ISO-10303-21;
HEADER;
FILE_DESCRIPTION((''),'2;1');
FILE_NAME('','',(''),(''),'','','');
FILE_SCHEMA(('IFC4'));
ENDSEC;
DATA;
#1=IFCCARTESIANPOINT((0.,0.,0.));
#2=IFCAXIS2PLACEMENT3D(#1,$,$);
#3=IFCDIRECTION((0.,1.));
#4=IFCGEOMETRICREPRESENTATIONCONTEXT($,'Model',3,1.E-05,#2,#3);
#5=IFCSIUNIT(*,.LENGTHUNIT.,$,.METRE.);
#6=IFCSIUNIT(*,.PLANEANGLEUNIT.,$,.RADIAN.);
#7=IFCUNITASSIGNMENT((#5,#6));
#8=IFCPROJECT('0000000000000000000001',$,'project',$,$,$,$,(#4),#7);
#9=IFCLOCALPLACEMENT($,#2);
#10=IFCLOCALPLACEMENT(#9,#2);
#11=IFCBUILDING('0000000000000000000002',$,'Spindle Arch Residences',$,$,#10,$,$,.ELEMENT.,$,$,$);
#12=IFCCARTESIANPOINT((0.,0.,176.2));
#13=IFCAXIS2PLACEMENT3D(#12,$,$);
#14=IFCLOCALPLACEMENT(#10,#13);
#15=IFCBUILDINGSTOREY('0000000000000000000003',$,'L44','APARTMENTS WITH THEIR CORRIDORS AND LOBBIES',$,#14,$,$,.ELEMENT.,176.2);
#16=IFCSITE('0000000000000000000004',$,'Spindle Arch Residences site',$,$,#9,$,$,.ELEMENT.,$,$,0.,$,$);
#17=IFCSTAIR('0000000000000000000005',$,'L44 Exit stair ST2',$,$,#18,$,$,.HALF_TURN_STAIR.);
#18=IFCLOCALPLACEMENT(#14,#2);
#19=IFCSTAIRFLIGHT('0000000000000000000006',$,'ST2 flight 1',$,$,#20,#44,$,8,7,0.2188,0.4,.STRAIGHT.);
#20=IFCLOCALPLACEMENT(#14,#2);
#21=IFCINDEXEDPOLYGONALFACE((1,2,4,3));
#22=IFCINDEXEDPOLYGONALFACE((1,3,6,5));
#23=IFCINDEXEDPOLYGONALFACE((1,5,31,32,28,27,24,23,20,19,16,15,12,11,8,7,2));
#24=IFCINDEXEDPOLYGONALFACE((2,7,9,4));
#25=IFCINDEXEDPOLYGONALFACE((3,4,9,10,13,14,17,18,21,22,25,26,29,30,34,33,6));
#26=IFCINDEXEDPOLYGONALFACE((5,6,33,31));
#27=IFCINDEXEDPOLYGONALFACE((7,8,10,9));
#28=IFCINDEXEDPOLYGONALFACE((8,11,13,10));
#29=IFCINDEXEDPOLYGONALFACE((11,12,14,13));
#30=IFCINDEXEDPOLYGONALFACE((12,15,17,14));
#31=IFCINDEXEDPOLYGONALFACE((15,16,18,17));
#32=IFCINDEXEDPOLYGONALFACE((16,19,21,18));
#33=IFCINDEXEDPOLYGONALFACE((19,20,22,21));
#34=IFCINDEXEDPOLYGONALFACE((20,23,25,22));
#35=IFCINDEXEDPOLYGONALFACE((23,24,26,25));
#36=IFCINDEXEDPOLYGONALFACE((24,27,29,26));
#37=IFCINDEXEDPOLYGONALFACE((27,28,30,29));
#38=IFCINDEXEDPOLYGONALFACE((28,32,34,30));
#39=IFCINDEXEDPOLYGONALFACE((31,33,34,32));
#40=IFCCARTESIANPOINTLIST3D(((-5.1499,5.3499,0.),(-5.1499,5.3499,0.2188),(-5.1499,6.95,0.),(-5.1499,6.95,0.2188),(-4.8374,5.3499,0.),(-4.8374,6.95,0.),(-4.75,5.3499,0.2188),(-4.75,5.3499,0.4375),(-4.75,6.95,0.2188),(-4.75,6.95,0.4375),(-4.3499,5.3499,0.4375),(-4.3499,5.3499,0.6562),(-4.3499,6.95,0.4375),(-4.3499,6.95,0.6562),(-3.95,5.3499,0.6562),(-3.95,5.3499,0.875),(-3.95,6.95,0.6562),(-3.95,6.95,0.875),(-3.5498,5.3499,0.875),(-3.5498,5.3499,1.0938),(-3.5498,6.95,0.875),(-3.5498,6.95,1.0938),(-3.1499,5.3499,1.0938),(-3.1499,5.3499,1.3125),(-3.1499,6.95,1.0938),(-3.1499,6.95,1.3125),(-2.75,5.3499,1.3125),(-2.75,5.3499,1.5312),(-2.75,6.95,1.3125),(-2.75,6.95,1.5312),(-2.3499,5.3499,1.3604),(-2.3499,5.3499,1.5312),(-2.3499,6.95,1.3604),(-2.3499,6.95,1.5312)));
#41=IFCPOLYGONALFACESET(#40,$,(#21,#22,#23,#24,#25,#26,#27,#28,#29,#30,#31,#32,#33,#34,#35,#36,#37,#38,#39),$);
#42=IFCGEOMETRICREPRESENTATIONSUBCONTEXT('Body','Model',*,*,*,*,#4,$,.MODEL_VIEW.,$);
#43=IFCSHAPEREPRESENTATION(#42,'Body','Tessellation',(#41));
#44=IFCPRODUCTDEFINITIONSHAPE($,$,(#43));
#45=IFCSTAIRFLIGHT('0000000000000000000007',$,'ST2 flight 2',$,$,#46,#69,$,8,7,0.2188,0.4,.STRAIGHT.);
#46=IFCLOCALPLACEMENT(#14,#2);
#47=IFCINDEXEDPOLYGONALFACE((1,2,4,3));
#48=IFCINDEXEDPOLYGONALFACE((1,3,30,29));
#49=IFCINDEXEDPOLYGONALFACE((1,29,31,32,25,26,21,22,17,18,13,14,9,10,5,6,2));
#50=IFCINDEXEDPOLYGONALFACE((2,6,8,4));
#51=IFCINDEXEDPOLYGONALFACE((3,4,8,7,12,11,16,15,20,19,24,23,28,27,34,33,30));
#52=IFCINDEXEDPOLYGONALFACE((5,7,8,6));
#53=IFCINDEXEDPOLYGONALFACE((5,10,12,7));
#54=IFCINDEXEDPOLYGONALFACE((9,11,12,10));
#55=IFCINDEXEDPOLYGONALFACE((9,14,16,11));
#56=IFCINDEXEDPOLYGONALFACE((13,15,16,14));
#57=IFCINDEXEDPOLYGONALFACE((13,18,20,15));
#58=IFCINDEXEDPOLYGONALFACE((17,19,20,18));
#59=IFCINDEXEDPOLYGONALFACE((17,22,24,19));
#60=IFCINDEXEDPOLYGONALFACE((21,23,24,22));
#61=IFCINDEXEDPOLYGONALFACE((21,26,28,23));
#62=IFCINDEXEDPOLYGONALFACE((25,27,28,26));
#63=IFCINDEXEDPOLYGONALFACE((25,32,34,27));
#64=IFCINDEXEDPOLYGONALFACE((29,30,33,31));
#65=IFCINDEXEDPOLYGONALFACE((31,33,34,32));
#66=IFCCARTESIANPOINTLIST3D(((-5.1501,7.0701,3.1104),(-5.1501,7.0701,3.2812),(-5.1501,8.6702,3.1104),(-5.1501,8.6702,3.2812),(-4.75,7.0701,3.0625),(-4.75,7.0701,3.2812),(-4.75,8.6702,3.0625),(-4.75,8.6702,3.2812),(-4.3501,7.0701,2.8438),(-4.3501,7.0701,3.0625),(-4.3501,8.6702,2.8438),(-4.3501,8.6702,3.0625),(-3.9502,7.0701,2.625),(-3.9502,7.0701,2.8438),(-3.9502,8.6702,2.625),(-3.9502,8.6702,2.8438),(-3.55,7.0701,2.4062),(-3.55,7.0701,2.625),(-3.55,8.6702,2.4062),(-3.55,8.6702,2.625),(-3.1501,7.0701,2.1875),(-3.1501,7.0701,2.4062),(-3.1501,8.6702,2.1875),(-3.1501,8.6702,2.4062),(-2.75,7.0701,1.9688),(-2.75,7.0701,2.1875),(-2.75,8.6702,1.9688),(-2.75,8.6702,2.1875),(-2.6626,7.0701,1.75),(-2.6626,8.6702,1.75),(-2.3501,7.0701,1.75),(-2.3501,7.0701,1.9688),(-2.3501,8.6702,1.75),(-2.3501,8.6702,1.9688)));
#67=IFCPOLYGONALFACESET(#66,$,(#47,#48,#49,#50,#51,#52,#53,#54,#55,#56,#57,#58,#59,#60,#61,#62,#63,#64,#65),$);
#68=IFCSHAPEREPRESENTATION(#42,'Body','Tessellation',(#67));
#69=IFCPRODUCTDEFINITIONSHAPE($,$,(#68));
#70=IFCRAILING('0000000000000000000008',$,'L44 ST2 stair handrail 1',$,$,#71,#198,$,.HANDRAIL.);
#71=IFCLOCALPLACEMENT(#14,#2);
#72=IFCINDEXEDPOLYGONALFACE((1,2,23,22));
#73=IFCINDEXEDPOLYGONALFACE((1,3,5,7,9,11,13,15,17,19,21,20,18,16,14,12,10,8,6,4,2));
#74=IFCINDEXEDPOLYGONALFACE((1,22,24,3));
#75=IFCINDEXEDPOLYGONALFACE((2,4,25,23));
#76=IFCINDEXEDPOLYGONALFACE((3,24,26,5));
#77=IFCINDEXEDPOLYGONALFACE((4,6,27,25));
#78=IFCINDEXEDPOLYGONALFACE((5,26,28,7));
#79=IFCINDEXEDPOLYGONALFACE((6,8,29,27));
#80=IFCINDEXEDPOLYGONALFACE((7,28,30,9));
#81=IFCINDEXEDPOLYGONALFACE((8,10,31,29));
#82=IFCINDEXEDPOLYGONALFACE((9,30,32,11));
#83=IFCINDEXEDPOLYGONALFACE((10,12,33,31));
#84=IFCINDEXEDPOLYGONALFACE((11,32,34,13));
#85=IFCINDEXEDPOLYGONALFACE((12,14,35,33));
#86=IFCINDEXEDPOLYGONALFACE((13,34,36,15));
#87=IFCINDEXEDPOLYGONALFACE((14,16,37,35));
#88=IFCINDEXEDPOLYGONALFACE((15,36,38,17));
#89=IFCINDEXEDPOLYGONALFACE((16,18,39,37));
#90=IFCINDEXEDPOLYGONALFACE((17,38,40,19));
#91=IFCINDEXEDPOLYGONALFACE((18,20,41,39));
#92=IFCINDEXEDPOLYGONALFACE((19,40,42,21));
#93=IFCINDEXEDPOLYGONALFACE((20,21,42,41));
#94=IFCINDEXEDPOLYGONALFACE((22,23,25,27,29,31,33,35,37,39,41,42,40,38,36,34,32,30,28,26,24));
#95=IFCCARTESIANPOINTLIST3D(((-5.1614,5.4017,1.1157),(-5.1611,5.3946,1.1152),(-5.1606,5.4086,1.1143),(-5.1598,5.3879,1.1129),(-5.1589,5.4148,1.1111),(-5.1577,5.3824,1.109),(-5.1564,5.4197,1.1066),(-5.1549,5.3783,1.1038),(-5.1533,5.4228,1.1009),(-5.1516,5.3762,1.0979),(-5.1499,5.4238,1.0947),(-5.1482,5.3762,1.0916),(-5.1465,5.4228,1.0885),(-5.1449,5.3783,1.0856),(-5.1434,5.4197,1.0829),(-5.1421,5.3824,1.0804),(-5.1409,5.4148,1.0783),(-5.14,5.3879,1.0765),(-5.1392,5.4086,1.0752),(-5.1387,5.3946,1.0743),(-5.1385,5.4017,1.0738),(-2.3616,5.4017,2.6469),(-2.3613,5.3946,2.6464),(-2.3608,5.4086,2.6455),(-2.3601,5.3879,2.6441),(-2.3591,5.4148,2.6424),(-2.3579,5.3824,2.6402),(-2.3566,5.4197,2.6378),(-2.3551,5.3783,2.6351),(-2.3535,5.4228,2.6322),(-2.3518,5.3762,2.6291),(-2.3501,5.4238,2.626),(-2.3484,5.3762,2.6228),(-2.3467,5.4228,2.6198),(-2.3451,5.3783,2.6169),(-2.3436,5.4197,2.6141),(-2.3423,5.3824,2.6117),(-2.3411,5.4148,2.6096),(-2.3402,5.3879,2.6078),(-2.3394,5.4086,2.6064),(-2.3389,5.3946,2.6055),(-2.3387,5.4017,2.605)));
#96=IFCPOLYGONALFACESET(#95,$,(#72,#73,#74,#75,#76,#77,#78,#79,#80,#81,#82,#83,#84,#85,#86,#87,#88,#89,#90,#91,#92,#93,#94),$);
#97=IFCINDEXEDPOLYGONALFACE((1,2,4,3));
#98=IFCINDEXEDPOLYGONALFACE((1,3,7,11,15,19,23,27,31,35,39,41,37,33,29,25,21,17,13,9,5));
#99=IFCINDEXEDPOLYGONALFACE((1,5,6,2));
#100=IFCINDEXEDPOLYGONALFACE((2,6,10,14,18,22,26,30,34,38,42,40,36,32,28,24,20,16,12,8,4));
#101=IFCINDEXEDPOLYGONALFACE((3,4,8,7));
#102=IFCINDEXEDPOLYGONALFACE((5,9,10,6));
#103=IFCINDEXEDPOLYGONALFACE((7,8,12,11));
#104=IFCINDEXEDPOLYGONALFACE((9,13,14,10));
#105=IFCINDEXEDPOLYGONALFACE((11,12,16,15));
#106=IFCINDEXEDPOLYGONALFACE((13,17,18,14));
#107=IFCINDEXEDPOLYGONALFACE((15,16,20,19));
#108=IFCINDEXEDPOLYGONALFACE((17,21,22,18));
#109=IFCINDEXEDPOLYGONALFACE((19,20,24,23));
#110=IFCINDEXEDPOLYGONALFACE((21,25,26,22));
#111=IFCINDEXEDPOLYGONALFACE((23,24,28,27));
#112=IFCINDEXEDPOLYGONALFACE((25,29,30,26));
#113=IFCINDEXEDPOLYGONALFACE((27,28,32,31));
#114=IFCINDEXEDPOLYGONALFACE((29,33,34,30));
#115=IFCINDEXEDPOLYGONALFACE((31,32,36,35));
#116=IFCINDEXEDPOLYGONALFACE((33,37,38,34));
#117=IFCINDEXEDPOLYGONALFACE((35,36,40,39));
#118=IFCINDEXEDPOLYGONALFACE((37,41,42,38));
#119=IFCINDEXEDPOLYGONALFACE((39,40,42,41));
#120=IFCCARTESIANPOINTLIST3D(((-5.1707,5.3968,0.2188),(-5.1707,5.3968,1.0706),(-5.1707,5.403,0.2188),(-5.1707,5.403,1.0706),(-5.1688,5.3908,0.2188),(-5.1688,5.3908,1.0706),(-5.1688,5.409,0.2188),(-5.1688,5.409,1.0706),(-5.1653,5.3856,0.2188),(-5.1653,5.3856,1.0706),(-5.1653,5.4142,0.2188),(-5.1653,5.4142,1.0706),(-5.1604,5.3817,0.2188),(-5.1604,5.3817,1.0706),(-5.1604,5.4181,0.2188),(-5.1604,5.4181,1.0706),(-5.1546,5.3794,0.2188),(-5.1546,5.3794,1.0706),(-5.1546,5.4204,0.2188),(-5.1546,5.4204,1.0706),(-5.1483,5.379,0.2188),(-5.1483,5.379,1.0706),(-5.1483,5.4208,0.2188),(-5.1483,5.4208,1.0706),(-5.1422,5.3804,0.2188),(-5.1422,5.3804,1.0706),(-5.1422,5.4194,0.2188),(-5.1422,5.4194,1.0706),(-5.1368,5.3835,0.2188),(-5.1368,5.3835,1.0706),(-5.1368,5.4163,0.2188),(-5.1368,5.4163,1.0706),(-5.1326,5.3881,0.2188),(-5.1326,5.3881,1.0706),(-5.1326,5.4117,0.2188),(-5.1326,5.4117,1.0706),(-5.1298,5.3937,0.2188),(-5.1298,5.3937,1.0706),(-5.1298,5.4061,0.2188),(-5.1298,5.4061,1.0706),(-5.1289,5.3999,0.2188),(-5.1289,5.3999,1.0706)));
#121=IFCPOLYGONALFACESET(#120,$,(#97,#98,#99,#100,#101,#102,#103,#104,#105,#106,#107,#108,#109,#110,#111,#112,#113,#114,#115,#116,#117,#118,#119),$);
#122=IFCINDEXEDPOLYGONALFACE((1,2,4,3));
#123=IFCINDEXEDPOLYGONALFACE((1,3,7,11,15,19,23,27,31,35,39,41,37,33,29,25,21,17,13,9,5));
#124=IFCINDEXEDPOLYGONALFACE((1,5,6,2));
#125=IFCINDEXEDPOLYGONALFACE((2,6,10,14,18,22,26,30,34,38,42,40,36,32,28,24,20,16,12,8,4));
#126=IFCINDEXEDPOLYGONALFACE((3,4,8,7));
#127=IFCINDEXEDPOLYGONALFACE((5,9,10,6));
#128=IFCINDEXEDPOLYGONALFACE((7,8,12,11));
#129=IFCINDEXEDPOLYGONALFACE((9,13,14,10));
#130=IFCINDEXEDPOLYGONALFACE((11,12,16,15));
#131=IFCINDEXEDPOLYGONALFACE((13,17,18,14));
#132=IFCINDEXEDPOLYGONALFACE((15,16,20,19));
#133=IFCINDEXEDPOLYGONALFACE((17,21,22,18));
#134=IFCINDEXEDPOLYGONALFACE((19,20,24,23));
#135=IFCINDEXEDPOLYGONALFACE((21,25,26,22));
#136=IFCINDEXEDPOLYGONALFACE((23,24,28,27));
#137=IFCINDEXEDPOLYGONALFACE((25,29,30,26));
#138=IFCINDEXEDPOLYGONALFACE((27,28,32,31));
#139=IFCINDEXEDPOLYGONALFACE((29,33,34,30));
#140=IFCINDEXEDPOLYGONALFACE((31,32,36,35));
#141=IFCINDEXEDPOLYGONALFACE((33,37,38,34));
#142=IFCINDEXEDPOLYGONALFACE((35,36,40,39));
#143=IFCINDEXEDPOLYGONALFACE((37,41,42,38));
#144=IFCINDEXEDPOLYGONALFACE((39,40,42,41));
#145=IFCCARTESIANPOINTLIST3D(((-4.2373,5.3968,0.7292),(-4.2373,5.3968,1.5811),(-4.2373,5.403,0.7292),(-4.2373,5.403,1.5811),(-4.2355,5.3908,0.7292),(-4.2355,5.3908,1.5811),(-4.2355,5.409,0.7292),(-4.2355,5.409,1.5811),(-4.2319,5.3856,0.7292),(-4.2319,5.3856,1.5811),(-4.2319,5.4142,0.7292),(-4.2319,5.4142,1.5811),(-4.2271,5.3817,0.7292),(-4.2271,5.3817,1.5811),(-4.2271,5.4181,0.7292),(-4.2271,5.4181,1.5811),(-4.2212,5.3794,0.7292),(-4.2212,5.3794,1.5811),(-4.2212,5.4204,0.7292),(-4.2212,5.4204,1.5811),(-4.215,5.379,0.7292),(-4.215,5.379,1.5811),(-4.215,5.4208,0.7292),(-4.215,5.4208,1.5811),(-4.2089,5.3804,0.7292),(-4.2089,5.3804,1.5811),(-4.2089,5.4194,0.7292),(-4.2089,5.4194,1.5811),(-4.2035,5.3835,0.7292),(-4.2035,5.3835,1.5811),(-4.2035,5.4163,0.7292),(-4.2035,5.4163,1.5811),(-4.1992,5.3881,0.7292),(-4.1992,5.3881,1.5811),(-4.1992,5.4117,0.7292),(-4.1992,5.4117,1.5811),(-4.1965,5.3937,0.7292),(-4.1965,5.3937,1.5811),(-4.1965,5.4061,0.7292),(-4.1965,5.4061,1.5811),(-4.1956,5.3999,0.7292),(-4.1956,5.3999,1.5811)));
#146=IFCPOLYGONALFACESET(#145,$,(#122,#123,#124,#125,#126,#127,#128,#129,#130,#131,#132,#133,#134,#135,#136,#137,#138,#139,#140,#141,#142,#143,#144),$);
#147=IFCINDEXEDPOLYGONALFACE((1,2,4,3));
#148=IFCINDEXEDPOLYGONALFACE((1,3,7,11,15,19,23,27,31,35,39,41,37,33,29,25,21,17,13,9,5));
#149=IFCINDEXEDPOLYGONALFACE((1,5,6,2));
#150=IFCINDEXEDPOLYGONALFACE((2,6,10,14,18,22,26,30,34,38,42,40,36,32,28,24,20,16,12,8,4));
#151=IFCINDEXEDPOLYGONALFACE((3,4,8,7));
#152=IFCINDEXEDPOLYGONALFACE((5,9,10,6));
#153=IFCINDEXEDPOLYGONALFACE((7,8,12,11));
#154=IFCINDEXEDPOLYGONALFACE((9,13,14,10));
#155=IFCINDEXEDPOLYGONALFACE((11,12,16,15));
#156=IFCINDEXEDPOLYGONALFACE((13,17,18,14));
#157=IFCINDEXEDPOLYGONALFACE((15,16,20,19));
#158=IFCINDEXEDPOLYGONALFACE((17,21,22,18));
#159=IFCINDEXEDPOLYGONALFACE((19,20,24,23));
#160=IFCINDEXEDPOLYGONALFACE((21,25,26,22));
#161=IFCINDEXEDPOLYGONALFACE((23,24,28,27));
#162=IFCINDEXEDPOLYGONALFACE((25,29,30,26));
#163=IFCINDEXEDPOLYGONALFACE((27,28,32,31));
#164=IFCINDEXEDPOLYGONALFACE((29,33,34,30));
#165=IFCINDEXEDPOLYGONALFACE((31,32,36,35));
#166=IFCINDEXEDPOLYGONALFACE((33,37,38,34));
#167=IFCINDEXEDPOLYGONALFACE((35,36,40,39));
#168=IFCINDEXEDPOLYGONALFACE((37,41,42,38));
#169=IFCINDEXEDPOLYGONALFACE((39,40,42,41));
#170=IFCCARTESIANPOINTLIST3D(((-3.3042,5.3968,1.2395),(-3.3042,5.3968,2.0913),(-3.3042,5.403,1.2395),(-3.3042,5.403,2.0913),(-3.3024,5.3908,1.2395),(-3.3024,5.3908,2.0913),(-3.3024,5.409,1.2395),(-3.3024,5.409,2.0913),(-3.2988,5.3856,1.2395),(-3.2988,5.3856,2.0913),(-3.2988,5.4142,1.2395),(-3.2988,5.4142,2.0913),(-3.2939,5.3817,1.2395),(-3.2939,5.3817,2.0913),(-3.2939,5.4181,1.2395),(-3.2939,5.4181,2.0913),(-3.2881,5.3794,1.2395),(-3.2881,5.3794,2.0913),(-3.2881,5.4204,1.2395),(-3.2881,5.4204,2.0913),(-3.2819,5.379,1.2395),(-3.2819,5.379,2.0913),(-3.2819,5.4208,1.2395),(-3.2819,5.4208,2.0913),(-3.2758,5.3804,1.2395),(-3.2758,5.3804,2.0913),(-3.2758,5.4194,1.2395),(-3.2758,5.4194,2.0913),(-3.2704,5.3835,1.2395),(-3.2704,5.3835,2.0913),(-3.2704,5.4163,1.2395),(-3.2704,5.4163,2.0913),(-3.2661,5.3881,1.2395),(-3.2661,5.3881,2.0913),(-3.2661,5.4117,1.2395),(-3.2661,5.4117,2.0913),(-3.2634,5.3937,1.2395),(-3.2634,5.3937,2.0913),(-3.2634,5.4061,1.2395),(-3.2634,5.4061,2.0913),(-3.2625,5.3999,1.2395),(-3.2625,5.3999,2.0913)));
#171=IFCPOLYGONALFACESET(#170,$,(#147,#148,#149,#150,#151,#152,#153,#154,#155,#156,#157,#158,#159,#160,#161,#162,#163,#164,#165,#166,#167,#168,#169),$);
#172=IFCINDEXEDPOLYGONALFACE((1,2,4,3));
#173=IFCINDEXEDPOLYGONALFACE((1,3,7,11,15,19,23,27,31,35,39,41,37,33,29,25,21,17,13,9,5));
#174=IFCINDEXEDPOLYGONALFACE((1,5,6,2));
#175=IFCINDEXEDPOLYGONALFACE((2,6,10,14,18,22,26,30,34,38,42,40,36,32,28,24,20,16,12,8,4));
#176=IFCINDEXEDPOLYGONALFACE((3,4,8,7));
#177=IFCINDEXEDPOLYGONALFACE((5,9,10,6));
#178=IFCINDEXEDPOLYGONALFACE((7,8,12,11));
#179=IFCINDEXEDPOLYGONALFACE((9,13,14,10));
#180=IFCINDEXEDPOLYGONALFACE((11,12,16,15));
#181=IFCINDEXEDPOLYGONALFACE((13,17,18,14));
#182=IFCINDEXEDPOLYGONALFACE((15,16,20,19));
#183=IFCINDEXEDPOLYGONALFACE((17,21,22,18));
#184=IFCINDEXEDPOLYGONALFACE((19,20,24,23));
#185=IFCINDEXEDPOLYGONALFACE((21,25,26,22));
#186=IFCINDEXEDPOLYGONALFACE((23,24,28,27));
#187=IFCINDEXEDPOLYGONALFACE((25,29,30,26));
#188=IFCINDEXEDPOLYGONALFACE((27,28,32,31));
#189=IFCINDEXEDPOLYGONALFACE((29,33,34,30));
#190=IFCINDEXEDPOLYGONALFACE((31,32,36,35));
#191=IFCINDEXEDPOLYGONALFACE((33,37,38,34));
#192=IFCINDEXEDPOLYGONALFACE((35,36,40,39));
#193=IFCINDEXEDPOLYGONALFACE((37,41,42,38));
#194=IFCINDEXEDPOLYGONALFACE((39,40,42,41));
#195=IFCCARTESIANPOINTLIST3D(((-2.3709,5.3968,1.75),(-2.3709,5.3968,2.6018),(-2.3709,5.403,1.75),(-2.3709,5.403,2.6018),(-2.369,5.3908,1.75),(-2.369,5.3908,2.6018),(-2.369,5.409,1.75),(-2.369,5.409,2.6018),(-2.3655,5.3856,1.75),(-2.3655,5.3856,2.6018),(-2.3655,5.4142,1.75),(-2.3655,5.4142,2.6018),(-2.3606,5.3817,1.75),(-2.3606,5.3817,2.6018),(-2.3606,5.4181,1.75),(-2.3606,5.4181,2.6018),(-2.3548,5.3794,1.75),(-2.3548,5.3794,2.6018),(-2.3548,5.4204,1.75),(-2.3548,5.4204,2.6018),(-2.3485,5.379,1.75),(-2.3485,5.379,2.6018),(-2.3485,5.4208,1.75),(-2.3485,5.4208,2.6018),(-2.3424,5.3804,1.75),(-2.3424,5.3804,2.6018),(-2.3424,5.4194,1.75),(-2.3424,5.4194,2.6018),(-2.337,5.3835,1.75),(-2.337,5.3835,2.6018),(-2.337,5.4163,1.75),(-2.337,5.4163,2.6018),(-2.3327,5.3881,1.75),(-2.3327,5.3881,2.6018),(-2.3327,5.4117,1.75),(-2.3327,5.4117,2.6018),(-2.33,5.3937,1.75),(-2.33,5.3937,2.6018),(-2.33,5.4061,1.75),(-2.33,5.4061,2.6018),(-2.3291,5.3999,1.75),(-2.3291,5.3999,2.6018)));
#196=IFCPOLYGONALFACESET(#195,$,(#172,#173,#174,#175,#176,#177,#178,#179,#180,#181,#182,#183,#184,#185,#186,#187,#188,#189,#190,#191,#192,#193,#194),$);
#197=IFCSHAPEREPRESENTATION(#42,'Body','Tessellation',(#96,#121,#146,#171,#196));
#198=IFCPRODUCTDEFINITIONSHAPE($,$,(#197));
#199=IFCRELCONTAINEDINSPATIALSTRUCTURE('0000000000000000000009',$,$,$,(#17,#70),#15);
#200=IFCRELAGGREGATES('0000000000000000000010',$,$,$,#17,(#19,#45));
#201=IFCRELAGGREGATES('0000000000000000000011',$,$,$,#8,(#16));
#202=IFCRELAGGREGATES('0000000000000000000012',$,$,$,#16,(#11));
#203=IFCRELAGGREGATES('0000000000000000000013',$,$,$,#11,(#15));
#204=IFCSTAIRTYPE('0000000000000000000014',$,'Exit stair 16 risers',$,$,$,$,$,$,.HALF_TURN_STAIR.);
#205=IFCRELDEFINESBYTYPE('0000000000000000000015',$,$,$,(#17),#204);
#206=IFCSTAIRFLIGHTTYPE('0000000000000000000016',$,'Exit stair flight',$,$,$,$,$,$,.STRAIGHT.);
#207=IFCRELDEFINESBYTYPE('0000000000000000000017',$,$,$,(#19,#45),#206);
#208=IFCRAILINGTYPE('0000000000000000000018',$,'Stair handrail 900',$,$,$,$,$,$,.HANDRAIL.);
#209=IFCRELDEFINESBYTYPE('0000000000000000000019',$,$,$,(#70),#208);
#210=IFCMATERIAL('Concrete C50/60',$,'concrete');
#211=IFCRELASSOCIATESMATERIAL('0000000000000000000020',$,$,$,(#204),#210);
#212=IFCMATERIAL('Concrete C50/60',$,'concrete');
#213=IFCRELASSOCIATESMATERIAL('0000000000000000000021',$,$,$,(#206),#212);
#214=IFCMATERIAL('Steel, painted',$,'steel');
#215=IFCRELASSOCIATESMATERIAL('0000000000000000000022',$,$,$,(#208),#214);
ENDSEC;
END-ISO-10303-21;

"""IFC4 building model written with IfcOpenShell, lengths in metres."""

from ifc_helpers import new_model, si_unit, direction, frame, origin, origin_2d, place, context, subcontext, project, spatial, polyline, circle, outline, extrude, material, type_object, element, aggregate, save


model = new_model("IFC4")

# Units and contexts
model_context = context("Model", 3, precision=1e-05, world=origin(), true_north=direction((0.0, 1.0)))
body_context = subcontext(model_context, "Body", "Model", "MODEL_VIEW")
ifc_project = project(units=[si_unit("LENGTHUNIT", "METRE"), si_unit("PLANEANGLEUNIT", "RADIAN")], contexts=[model_context])

# Site, building, storey
site_placement = place(None, origin())
site = spatial("IfcSite", under=ifc_project, at=site_placement, Name="Spindle Arch Residences site", CompositionType="ELEMENT", RefElevation=0.0)
building_placement = place(site_placement, origin())
building = spatial("IfcBuilding", under=site, at=building_placement, Name="Spindle Arch Residences", CompositionType="ELEMENT")
storey_placement = place(building_placement, frame((0.0, 0.0, 176.2)))
storey = spatial("IfcBuildingStorey", under=building, at=storey_placement, Name="L44", Description="APARTMENTS WITH THEIR CORRIDORS AND LOBBIES", CompositionType="ELEMENT", Elevation=176.2)

# Stair, stair flights
ifc_material_1 = material(Name="Concrete C50/60", Category="concrete")
stair_type = type_object("IfcStairType", Name="Exit stair 16 risers", PredefinedType="HALF_TURN_STAIR", material=ifc_material_1)
stair_placement = place(storey_placement, origin())
stair = element("IfcStair", 1, at=stair_placement, inside=storey, type_object=stair_type, Name="L44 Exit stair ST2", PredefinedType="HALF_TURN_STAIR")
ifc_material_2 = material(Name="Concrete C50/60", Category="concrete")
stair_flight_type = type_object("IfcStairFlightType", Name="Exit stair flight", PredefinedType="STRAIGHT", material=ifc_material_2)
stair_flight_1_placement = place(storey_placement, frame((-5.1499, 6.1499, 0.0), z_axis=(0.0, 0.0, 1.0), x_axis=(1.0, 0.0, 0.0)))
stair_flight_1 = element("IfcStairFlight", 2, at=stair_flight_1_placement, type_object=stair_flight_type, Name="ST2 flight 1", NumberOfRisers=8, NumberOfTreads=7, PredefinedType="STRAIGHT", RiserHeight=0.2188, TreadLength=0.4, context=body_context, shape_type="SweptSolid", body=[
    extrude(outline(polyline([(0.0, 0.0), (0.0, 0.2188), (0.3999, 0.2188), (0.3999, 0.4375), (0.8, 0.4375), (0.8, 0.6562), (1.2, 0.6562), (1.2, 0.875), (1.6001, 0.875), (1.6001, 1.0938), (2.0, 1.0938), (2.0, 1.3125), (2.3999, 1.3125), (2.3999, 1.5312), (2.8, 1.5312), (2.8, 1.75), (2.8, 1.3604), (0.3125, 0.0), (0.0, 0.0)])), frame((0.0, 0.8, 0.0), z_axis=(0.0, -1.0, 0.0), x_axis=(1.0, 0.0, 0.0)), (0.0, 0.0, 1.0), 1.6001),
])
stair_flight_2_placement = place(storey_placement, frame((-2.3501, 7.8701, 1.75), z_axis=(0.0, 0.0, 1.0), x_axis=(-1.0, 0.0, 0.0)))
stair_flight_2 = element("IfcStairFlight", 3, at=stair_flight_2_placement, type_object=stair_flight_type, Name="ST2 flight 2", NumberOfRisers=8, NumberOfTreads=7, PredefinedType="STRAIGHT", RiserHeight=0.2188, TreadLength=0.4, context=body_context, shape_type="SweptSolid", body=[
    extrude(outline(polyline([(0.0, 0.0), (0.0, 0.2188), (0.3999, 0.2188), (0.3999, 0.4375), (0.8, 0.4375), (0.8, 0.6562), (1.2, 0.6562), (1.2, 0.875), (1.6001, 0.875), (1.6001, 1.0938), (2.0, 1.0938), (2.0, 1.3125), (2.3999, 1.3125), (2.3999, 1.5312), (2.8, 1.5312), (2.8, 1.75), (2.8, 1.3604), (0.3125, 0.0), (0.0, 0.0)])), frame((0.0, 0.8, 0.0), z_axis=(0.0, -1.0, 0.0), x_axis=(1.0, 0.0, 0.0)), (0.0, 0.0, 1.0), 1.6001),
])
aggregate(stair, [stair_flight_1, stair_flight_2])

# Railing
ifc_material_3 = material(Name="Steel, painted", Category="steel")
railing_type_1 = type_object("IfcRailingType", Name="Stair handrail 900", PredefinedType="HANDRAIL", material=ifc_material_3)
railing_1_placement = place(storey_placement, frame((-5.1499, 5.3999, 0.2188)))
element("IfcRailing", 4, at=railing_1_placement, inside=storey, type_object=railing_type_1, Name="L44 ST2 stair handrail 1", PredefinedType="HANDRAIL", context=body_context, shape_type="SweptSolid", body=[
    extrude(circle(Radius=0.0239, at=origin_2d()), frame((0.0, 0.0, 0.876), z_axis=(0.877357, 0.0, 0.479838), x_axis=(0.0, 1.0, 0.0)), (0.0, 0.0, 1.0), 3.1912),
    extrude(circle(Radius=0.021, at=origin_2d()), origin(), (0.0, 0.0, 1.0), 0.8518),
    extrude(circle(Radius=0.021, at=origin_2d()), frame((0.9333, 0.0, 0.5105)), (0.0, 0.0, 1.0), 0.8518),
    extrude(circle(Radius=0.021, at=origin_2d()), frame((1.8665, 0.0, 1.0208)), (0.0, 0.0, 1.0), 0.8518),
    extrude(circle(Radius=0.021, at=origin_2d()), frame((2.7998, 0.0, 1.5312)), (0.0, 0.0, 1.0), 0.8518),
])

save(model, "model.ifc")
